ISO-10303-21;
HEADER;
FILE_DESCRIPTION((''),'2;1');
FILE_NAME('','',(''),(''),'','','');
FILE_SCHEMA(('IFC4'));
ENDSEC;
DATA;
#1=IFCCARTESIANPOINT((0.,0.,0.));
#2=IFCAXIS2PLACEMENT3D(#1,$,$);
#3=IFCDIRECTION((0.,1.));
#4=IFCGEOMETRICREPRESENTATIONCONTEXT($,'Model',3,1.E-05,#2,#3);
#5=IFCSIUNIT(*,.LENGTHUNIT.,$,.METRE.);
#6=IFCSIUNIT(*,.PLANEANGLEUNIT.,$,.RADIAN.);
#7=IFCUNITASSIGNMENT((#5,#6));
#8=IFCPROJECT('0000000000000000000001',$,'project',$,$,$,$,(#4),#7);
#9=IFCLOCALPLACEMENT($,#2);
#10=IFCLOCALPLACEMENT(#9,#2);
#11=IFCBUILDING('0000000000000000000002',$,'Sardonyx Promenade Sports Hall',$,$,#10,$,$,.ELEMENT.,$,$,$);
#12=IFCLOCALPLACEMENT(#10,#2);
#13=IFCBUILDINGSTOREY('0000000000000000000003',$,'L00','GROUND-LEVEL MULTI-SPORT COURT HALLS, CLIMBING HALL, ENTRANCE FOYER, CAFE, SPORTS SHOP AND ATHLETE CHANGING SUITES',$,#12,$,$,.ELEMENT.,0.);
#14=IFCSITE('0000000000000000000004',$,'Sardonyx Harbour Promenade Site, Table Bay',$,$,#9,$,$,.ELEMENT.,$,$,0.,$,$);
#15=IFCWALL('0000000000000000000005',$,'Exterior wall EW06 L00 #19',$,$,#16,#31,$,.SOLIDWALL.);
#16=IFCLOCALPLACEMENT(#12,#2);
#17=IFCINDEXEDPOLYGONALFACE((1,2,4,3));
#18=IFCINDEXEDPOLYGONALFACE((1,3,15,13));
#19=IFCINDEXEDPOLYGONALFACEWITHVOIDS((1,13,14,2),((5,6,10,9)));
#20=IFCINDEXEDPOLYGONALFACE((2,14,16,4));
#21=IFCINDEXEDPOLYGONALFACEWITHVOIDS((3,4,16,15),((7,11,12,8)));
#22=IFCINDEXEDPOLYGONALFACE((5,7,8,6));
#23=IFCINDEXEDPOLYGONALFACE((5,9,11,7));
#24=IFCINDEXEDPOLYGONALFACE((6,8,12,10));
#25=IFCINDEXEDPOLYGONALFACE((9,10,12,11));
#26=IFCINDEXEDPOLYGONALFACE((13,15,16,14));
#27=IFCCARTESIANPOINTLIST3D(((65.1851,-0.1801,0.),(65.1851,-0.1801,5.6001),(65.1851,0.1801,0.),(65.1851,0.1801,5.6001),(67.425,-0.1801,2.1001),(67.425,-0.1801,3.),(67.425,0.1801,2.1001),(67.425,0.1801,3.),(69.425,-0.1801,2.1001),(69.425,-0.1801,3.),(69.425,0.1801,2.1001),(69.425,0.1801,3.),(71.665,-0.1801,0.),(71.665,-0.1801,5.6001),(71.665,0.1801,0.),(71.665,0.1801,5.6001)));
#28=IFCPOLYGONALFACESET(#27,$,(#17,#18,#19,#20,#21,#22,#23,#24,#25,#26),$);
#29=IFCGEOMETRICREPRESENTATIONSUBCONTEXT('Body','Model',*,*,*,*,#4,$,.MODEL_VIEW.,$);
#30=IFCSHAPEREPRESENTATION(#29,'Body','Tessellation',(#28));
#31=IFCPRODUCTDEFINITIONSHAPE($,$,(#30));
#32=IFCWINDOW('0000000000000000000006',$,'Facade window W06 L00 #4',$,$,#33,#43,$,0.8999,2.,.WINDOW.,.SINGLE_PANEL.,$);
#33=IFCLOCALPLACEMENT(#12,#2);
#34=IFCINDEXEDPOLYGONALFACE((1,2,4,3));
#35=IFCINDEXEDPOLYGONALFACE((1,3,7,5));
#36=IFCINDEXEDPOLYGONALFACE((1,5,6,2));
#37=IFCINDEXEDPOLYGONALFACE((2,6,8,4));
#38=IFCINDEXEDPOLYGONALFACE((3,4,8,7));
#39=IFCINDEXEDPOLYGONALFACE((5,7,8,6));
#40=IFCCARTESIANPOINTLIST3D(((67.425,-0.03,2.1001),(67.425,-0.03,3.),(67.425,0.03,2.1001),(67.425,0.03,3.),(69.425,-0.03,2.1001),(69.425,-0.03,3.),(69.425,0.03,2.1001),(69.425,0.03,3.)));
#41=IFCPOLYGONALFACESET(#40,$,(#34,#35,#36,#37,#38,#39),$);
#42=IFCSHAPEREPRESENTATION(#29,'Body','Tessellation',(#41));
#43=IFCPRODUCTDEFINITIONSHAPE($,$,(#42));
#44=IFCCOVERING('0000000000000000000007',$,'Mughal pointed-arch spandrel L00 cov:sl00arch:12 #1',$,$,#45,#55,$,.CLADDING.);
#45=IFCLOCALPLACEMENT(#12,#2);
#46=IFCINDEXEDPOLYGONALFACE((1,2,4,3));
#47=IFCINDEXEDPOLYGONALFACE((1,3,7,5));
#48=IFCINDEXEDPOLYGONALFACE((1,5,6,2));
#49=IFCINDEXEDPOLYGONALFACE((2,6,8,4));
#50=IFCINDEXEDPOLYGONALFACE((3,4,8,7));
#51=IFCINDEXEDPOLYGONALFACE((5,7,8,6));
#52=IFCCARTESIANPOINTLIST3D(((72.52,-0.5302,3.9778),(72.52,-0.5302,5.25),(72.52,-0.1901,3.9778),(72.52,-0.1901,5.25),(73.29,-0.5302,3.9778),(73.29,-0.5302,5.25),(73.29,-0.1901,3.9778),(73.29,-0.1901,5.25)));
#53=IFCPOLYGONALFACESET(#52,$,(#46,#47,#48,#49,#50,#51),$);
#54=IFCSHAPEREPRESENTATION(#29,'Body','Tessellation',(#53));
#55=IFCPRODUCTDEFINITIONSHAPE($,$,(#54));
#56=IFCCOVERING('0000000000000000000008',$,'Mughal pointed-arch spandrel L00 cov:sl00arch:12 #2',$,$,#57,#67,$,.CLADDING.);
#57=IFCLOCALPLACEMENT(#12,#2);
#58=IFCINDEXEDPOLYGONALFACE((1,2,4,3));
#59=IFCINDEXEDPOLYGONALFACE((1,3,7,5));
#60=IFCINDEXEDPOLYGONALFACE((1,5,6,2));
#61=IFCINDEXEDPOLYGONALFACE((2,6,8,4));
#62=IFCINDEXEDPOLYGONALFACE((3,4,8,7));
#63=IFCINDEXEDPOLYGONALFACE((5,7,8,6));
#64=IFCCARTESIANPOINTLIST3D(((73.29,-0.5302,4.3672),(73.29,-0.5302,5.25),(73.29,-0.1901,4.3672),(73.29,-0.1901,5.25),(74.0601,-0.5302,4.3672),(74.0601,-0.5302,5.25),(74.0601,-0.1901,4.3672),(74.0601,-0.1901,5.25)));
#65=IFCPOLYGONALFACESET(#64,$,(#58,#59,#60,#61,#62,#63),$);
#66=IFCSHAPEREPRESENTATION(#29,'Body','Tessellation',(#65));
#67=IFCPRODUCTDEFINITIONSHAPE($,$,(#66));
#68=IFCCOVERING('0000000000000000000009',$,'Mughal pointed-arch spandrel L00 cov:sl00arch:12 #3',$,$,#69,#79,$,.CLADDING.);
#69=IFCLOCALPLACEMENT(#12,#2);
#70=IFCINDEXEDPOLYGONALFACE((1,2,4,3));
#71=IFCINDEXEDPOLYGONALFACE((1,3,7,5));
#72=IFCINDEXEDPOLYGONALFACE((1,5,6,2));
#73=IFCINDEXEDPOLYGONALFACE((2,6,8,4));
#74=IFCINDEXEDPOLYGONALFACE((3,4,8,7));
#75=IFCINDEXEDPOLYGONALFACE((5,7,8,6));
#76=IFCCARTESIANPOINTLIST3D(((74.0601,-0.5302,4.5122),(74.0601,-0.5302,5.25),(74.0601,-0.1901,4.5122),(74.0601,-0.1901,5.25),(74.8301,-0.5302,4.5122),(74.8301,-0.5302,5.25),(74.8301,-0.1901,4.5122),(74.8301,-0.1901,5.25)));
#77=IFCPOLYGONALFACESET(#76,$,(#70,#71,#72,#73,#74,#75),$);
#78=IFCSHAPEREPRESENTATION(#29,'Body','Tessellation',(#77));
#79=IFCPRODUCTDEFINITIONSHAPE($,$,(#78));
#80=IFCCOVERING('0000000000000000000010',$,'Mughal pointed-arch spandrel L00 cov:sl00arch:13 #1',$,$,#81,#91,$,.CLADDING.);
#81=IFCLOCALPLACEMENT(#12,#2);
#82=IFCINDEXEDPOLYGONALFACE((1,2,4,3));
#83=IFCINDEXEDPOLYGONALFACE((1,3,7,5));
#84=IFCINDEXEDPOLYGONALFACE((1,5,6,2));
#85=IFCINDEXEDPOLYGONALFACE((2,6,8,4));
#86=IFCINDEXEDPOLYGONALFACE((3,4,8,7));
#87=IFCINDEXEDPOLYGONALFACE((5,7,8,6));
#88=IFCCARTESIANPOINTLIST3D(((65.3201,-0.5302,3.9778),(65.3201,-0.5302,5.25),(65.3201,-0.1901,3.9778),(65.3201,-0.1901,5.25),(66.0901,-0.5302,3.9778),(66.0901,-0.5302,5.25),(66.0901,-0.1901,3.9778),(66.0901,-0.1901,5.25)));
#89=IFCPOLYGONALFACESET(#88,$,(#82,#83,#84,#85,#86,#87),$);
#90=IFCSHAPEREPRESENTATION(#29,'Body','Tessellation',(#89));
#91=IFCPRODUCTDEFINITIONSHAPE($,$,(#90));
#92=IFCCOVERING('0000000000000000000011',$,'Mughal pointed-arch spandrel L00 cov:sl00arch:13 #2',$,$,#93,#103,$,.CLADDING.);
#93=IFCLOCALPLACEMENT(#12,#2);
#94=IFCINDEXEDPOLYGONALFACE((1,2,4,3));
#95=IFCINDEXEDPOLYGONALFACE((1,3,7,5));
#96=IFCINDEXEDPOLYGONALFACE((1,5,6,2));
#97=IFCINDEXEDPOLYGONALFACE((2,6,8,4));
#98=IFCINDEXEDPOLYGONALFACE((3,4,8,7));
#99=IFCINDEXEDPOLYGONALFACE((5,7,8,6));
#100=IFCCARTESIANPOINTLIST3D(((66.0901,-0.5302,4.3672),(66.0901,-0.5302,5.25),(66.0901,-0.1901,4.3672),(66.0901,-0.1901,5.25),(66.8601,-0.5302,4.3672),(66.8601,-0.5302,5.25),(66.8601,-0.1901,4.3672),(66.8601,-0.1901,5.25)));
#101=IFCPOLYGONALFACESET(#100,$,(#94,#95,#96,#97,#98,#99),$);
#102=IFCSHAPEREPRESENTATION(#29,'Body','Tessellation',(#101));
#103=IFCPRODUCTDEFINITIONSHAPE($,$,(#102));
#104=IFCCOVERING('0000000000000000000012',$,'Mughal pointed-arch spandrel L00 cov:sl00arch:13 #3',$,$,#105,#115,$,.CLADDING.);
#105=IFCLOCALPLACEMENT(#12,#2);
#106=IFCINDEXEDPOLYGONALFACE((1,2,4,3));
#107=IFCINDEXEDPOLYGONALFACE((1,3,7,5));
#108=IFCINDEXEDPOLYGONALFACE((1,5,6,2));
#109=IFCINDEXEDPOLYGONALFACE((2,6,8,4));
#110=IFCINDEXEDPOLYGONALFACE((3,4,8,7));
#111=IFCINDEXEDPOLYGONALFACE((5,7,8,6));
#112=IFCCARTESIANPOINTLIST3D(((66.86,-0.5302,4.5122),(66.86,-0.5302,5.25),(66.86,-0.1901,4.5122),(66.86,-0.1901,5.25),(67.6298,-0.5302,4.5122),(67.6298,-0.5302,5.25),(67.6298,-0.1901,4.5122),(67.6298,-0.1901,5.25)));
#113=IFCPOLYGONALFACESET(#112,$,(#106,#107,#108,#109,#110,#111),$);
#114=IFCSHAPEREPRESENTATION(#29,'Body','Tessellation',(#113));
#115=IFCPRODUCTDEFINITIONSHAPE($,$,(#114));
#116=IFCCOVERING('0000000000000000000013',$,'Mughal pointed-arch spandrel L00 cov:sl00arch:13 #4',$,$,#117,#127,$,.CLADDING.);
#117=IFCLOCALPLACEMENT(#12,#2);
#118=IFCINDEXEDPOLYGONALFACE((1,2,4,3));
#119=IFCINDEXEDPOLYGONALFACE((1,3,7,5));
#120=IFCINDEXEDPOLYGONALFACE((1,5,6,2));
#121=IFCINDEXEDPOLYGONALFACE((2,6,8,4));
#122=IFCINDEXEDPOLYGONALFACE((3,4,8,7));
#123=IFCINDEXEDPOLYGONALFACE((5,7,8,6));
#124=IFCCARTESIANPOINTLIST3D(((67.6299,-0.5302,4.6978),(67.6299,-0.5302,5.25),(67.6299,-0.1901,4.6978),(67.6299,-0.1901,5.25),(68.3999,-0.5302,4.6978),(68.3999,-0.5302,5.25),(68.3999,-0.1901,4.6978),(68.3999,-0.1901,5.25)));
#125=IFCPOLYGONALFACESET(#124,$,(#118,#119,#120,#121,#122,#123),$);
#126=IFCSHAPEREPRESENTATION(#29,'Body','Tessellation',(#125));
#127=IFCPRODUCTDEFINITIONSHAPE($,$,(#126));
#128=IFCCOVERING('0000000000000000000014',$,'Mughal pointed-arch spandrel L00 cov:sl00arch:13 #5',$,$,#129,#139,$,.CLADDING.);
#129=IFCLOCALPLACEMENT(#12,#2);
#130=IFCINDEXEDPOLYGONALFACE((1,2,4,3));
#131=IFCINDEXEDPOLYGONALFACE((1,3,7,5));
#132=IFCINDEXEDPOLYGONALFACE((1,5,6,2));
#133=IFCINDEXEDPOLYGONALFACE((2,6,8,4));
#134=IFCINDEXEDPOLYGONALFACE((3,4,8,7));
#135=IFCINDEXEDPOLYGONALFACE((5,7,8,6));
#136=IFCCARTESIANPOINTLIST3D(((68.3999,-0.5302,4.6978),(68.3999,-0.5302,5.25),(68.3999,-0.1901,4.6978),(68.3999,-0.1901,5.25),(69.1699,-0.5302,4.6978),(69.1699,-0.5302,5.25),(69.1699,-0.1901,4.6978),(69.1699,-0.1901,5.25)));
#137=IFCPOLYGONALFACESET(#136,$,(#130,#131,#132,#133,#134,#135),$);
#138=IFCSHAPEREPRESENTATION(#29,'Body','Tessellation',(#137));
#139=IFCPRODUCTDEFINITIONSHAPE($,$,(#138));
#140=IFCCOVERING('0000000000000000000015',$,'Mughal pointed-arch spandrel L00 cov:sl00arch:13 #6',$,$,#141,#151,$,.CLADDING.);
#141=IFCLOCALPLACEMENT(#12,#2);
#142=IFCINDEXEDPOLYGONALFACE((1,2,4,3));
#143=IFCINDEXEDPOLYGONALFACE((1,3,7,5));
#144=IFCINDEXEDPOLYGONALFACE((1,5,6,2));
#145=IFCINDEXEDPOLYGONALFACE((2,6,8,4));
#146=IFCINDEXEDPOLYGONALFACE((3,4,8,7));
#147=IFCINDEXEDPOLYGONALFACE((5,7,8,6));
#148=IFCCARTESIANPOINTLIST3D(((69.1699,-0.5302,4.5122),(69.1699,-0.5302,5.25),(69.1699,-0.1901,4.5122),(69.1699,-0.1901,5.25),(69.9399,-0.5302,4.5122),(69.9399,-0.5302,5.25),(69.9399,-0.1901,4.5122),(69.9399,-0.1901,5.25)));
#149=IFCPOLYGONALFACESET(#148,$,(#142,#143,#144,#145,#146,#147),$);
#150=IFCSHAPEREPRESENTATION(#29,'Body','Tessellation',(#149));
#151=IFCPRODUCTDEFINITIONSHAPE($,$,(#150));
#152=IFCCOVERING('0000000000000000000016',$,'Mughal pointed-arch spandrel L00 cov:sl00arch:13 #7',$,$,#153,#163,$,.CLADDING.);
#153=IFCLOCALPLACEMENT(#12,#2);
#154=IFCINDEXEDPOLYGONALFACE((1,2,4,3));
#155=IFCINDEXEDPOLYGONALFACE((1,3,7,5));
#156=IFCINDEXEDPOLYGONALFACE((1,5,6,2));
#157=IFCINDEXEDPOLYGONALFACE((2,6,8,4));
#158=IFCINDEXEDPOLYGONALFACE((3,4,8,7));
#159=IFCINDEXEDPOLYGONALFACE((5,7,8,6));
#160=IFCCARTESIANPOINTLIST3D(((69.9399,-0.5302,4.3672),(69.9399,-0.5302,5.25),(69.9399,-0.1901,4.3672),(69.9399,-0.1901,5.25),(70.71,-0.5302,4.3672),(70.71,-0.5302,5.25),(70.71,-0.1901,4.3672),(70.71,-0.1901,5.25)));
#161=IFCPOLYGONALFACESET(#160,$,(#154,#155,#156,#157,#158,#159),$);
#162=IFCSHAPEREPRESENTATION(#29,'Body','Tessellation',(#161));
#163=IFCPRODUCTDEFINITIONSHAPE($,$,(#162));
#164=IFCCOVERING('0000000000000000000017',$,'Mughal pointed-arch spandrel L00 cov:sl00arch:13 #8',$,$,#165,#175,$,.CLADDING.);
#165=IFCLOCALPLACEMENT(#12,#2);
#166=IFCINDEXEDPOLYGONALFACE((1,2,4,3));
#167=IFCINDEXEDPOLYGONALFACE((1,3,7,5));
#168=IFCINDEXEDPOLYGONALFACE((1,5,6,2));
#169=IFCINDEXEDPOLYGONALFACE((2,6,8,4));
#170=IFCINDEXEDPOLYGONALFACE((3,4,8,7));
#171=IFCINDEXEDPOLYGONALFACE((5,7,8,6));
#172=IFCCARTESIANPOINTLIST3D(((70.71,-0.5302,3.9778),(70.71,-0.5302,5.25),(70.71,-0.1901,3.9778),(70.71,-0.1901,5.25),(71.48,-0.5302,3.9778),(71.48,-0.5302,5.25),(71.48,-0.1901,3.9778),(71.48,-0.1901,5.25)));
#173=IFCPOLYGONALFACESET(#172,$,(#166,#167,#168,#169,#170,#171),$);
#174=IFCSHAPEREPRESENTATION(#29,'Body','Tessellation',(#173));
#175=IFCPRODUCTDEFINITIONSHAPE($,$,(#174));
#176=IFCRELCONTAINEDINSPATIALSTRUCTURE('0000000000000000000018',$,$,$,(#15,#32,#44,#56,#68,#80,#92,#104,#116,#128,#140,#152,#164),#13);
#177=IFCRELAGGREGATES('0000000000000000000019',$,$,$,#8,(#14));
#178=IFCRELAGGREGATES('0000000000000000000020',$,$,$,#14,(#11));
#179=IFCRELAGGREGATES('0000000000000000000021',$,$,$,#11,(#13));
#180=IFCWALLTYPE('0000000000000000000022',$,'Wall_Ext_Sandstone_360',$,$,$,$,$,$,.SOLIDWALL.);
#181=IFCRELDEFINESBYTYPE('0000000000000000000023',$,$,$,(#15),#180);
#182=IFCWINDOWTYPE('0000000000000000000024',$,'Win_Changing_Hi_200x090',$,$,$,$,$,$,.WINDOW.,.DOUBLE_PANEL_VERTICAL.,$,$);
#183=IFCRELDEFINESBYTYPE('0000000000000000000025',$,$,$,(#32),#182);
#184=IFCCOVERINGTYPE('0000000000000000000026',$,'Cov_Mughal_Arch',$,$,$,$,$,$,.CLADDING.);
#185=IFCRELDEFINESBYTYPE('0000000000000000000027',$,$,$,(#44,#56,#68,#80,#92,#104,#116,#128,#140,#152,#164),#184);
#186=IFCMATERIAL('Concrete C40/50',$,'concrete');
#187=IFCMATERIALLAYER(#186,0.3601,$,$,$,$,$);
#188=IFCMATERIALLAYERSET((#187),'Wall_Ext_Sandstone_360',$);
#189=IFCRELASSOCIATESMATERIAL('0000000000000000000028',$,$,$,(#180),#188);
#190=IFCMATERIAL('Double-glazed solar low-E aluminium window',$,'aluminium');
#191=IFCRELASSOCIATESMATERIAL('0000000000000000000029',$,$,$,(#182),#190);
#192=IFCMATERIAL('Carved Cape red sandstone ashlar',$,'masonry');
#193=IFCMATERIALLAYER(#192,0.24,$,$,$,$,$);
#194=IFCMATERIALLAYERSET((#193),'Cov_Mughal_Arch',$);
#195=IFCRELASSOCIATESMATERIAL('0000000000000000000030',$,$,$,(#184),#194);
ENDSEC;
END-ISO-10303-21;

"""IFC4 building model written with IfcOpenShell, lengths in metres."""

from ifc_helpers import new_model, si_unit, direction, frame, frame_2d, origin, place, context, subcontext, project, spatial, rectangle, extrude, material, layer, layer_set, type_object, element, fill, save


model = new_model("IFC4")

# Units and contexts
model_context = context("Model", 3, precision=1e-05, world=origin(), true_north=direction((0.0, 1.0)))
body_context = subcontext(model_context, "Body", "Model", "MODEL_VIEW")
ifc_project = project(units=[si_unit("LENGTHUNIT", "METRE"), si_unit("PLANEANGLEUNIT", "RADIAN")], contexts=[model_context])

# Site, building, storey
site_placement = place(None, origin())
site = spatial("IfcSite", under=ifc_project, at=site_placement, Name="Sardonyx Harbour Promenade Site, Table Bay", CompositionType="ELEMENT", RefElevation=0.0)
building_placement = place(site_placement, origin())
building = spatial("IfcBuilding", under=site, at=building_placement, Name="Sardonyx Promenade Sports Hall", CompositionType="ELEMENT")
storey_placement = place(building_placement, origin())
storey = spatial("IfcBuildingStorey", under=building, at=storey_placement, Name="L00", Description="GROUND-LEVEL MULTI-SPORT COURT HALLS, CLIMBING HALL, ENTRANCE FOYER, CAFE, SPORTS SHOP AND ATHLETE CHANGING SUITES", CompositionType="ELEMENT", Elevation=0.0)

# Wall, opening, window
ifc_material_1 = material(Name="Concrete C40/50", Category="concrete")
ifc_layer_1 = layer(ifc_material_1, 0.3601)
ifc_layer_set_1 = layer_set([ifc_layer_1], Name="Wall_Ext_Sandstone_360")
wall_type = type_object("IfcWallType", Name="Wall_Ext_Sandstone_360", PredefinedType="SOLIDWALL", material=ifc_layer_set_1)
wall_placement = place(storey_placement, frame((71.665, 0.0, 0.0), z_axis=(0.0, 0.0, 1.0), x_axis=(-1.0, 0.0, 0.0)))
wall = element("IfcWall", 1, at=wall_placement, inside=storey, type_object=wall_type, Name="Exterior wall EW06 L00 #19", PredefinedType="SOLIDWALL", context=body_context, shape_type="SweptSolid", body=[
    extrude(rectangle(XDim=6.48, YDim=0.3601, at=frame_2d((3.24, 0.0))), origin(), (0.0, 0.0, 1.0), 5.6001),
])
opening_placement = place(wall_placement, frame((2.24, 0.0, 2.1001)))
opening = element("IfcOpeningElement", 2, at=opening_placement, cuts=wall, PredefinedType="OPENING", context=body_context, shape_type="SweptSolid", body=[
    extrude(rectangle(XDim=2.0, YDim=0.8999, at=frame_2d((1.0, 0.45))), frame((0.0, 0.19, 0.0), z_axis=(0.0, -1.0, 0.0), x_axis=(1.0, 0.0, 0.0)), (0.0, 0.0, 1.0), 0.38),
])
ifc_material_2 = material(Name="Double-glazed solar low-E aluminium window", Category="aluminium")
window_type = type_object("IfcWindowType", Name="Win_Changing_Hi_200x090", PartitioningType="DOUBLE_PANEL_VERTICAL", PredefinedType="WINDOW", material=ifc_material_2)
window_placement = place(opening_placement, origin())
window = element("IfcWindow", 3, at=window_placement, inside=storey, type_object=window_type, Name="Facade window W06 L00 #4", OverallHeight=0.8999, OverallWidth=2.0, PartitioningType="SINGLE_PANEL", PredefinedType="WINDOW", context=body_context, shape_type="SweptSolid", body=[
    extrude(rectangle(XDim=2.0, YDim=0.8999, at=frame_2d((1.0, 0.45))), frame((0.0, 0.03, 0.0), z_axis=(0.0, -1.0, 0.0), x_axis=(1.0, 0.0, 0.0)), (0.0, 0.0, 1.0), 0.0601),
])
fill(opening, window)

# Coverings
ifc_material_3 = material(Name="Carved Cape red sandstone ashlar", Category="masonry")
ifc_layer_2 = layer(ifc_material_3, 0.24)
ifc_layer_set_2 = layer_set([ifc_layer_2], Name="Cov_Mughal_Arch")
covering_type = type_object("IfcCoveringType", Name="Cov_Mughal_Arch", PredefinedType="CLADDING", material=ifc_layer_set_2)
covering_1_placement = place(storey_placement, frame((72.52, -0.3601, 3.9778), z_axis=(0.0, 0.0, 1.0), x_axis=(1.0, 0.0, 0.0)))
element("IfcCovering", 4, at=covering_1_placement, inside=storey, type_object=covering_type, Name="Mughal pointed-arch spandrel L00 cov:sl00arch:12 #1", PredefinedType="CLADDING", context=body_context, shape_type="SweptSolid", body=[
    extrude(rectangle(XDim=0.77, YDim=0.3401, at=frame_2d((0.385, 0.0))), origin(), (0.0, 0.0, 1.0), 1.2722),
])
covering_2_placement = place(storey_placement, frame((73.29, -0.3601, 4.3672), z_axis=(0.0, 0.0, 1.0), x_axis=(1.0, 0.0, 0.0)))
element("IfcCovering", 5, at=covering_2_placement, inside=storey, type_object=covering_type, Name="Mughal pointed-arch spandrel L00 cov:sl00arch:12 #2", PredefinedType="CLADDING", context=body_context, shape_type="SweptSolid", body=[
    extrude(rectangle(XDim=0.77, YDim=0.3401, at=frame_2d((0.385, 0.0))), origin(), (0.0, 0.0, 1.0), 0.8828),
])
covering_3_placement = place(storey_placement, frame((74.0601, -0.3601, 4.5122), z_axis=(0.0, 0.0, 1.0), x_axis=(1.0, 0.0, 0.0)))
element("IfcCovering", 6, at=covering_3_placement, inside=storey, type_object=covering_type, Name="Mughal pointed-arch spandrel L00 cov:sl00arch:12 #3", PredefinedType="CLADDING", context=body_context, shape_type="SweptSolid", body=[
    extrude(rectangle(XDim=0.77, YDim=0.3401, at=frame_2d((0.385, 0.0))), origin(), (0.0, 0.0, 1.0), 0.7378),
])
covering_4_placement = place(storey_placement, frame((65.3201, -0.3601, 3.9778), z_axis=(0.0, 0.0, 1.0), x_axis=(1.0, 0.0, 0.0)))
element("IfcCovering", 7, at=covering_4_placement, inside=storey, type_object=covering_type, Name="Mughal pointed-arch spandrel L00 cov:sl00arch:13 #1", PredefinedType="CLADDING", context=body_context, shape_type="SweptSolid", body=[
    extrude(rectangle(XDim=0.77, YDim=0.3401, at=frame_2d((0.385, 0.0))), origin(), (0.0, 0.0, 1.0), 1.2722),
])
covering_5_placement = place(storey_placement, frame((66.0901, -0.3601, 4.3672), z_axis=(0.0, 0.0, 1.0), x_axis=(1.0, 0.0, 0.0)))
element("IfcCovering", 8, at=covering_5_placement, inside=storey, type_object=covering_type, Name="Mughal pointed-arch spandrel L00 cov:sl00arch:13 #2", PredefinedType="CLADDING", context=body_context, shape_type="SweptSolid", body=[
    extrude(rectangle(XDim=0.77, YDim=0.3401, at=frame_2d((0.385, 0.0))), origin(), (0.0, 0.0, 1.0), 0.8828),
])
covering_6_placement = place(storey_placement, frame((66.8601, -0.3601, 4.5122), z_axis=(0.0, 0.0, 1.0), x_axis=(1.0, 0.0, 0.0)))
element("IfcCovering", 9, at=covering_6_placement, inside=storey, type_object=covering_type, Name="Mughal pointed-arch spandrel L00 cov:sl00arch:13 #3", PredefinedType="CLADDING", context=body_context, shape_type="SweptSolid", body=[
    extrude(rectangle(XDim=0.7698, YDim=0.3401, at=frame_2d((0.3848, 0.0))), origin(), (0.0, 0.0, 1.0), 0.7378),
])
for number, where, z_axis, x_axis, name in (
    (10, (67.6299, -0.3601, 4.6978), (0.0, 0.0, 1.0), (1.0, 0.0, 0.0), "Mughal pointed-arch spandrel L00 cov:sl00arch:13 #4"),
    (11, (68.3999, -0.3601, 4.6978), (0.0, 0.0, 1.0), (1.0, 0.0, 0.0), "Mughal pointed-arch spandrel L00 cov:sl00arch:13 #5"),
):
    element("IfcCovering", number, at=place(storey_placement, frame(where, z_axis=z_axis, x_axis=x_axis)), inside=storey, type_object=covering_type, Name=name, PredefinedType="CLADDING", context=body_context, shape_type="SweptSolid", body=[
        extrude(rectangle(XDim=0.77, YDim=0.3401, at=frame_2d((0.385, 0.0))), origin(), (0.0, 0.0, 1.0), 0.5522),
    ])
covering_7_placement = place(storey_placement, frame((69.1699, -0.3601, 4.5122), z_axis=(0.0, 0.0, 1.0), x_axis=(1.0, 0.0, 0.0)))
element("IfcCovering", 12, at=covering_7_placement, inside=storey, type_object=covering_type, Name="Mughal pointed-arch spandrel L00 cov:sl00arch:13 #6", PredefinedType="CLADDING", context=body_context, shape_type="SweptSolid", body=[
    extrude(rectangle(XDim=0.77, YDim=0.3401, at=frame_2d((0.385, 0.0))), origin(), (0.0, 0.0, 1.0), 0.7378),
])
covering_8_placement = place(storey_placement, frame((69.9399, -0.3601, 4.3672), z_axis=(0.0, 0.0, 1.0), x_axis=(1.0, 0.0, 0.0)))
element("IfcCovering", 13, at=covering_8_placement, inside=storey, type_object=covering_type, Name="Mughal pointed-arch spandrel L00 cov:sl00arch:13 #7", PredefinedType="CLADDING", context=body_context, shape_type="SweptSolid", body=[
    extrude(rectangle(XDim=0.77, YDim=0.3401, at=frame_2d((0.385, 0.0))), origin(), (0.0, 0.0, 1.0), 0.8828),
])
covering_9_placement = place(storey_placement, frame((70.71, -0.3601, 3.9778), z_axis=(0.0, 0.0, 1.0), x_axis=(1.0, 0.0, 0.0)))
element("IfcCovering", 14, at=covering_9_placement, inside=storey, type_object=covering_type, Name="Mughal pointed-arch spandrel L00 cov:sl00arch:13 #8", PredefinedType="CLADDING", context=body_context, shape_type="SweptSolid", body=[
    extrude(rectangle(XDim=0.77, YDim=0.3401, at=frame_2d((0.385, 0.0))), origin(), (0.0, 0.0, 1.0), 1.2722),
])

save(model, "model.ifc")
